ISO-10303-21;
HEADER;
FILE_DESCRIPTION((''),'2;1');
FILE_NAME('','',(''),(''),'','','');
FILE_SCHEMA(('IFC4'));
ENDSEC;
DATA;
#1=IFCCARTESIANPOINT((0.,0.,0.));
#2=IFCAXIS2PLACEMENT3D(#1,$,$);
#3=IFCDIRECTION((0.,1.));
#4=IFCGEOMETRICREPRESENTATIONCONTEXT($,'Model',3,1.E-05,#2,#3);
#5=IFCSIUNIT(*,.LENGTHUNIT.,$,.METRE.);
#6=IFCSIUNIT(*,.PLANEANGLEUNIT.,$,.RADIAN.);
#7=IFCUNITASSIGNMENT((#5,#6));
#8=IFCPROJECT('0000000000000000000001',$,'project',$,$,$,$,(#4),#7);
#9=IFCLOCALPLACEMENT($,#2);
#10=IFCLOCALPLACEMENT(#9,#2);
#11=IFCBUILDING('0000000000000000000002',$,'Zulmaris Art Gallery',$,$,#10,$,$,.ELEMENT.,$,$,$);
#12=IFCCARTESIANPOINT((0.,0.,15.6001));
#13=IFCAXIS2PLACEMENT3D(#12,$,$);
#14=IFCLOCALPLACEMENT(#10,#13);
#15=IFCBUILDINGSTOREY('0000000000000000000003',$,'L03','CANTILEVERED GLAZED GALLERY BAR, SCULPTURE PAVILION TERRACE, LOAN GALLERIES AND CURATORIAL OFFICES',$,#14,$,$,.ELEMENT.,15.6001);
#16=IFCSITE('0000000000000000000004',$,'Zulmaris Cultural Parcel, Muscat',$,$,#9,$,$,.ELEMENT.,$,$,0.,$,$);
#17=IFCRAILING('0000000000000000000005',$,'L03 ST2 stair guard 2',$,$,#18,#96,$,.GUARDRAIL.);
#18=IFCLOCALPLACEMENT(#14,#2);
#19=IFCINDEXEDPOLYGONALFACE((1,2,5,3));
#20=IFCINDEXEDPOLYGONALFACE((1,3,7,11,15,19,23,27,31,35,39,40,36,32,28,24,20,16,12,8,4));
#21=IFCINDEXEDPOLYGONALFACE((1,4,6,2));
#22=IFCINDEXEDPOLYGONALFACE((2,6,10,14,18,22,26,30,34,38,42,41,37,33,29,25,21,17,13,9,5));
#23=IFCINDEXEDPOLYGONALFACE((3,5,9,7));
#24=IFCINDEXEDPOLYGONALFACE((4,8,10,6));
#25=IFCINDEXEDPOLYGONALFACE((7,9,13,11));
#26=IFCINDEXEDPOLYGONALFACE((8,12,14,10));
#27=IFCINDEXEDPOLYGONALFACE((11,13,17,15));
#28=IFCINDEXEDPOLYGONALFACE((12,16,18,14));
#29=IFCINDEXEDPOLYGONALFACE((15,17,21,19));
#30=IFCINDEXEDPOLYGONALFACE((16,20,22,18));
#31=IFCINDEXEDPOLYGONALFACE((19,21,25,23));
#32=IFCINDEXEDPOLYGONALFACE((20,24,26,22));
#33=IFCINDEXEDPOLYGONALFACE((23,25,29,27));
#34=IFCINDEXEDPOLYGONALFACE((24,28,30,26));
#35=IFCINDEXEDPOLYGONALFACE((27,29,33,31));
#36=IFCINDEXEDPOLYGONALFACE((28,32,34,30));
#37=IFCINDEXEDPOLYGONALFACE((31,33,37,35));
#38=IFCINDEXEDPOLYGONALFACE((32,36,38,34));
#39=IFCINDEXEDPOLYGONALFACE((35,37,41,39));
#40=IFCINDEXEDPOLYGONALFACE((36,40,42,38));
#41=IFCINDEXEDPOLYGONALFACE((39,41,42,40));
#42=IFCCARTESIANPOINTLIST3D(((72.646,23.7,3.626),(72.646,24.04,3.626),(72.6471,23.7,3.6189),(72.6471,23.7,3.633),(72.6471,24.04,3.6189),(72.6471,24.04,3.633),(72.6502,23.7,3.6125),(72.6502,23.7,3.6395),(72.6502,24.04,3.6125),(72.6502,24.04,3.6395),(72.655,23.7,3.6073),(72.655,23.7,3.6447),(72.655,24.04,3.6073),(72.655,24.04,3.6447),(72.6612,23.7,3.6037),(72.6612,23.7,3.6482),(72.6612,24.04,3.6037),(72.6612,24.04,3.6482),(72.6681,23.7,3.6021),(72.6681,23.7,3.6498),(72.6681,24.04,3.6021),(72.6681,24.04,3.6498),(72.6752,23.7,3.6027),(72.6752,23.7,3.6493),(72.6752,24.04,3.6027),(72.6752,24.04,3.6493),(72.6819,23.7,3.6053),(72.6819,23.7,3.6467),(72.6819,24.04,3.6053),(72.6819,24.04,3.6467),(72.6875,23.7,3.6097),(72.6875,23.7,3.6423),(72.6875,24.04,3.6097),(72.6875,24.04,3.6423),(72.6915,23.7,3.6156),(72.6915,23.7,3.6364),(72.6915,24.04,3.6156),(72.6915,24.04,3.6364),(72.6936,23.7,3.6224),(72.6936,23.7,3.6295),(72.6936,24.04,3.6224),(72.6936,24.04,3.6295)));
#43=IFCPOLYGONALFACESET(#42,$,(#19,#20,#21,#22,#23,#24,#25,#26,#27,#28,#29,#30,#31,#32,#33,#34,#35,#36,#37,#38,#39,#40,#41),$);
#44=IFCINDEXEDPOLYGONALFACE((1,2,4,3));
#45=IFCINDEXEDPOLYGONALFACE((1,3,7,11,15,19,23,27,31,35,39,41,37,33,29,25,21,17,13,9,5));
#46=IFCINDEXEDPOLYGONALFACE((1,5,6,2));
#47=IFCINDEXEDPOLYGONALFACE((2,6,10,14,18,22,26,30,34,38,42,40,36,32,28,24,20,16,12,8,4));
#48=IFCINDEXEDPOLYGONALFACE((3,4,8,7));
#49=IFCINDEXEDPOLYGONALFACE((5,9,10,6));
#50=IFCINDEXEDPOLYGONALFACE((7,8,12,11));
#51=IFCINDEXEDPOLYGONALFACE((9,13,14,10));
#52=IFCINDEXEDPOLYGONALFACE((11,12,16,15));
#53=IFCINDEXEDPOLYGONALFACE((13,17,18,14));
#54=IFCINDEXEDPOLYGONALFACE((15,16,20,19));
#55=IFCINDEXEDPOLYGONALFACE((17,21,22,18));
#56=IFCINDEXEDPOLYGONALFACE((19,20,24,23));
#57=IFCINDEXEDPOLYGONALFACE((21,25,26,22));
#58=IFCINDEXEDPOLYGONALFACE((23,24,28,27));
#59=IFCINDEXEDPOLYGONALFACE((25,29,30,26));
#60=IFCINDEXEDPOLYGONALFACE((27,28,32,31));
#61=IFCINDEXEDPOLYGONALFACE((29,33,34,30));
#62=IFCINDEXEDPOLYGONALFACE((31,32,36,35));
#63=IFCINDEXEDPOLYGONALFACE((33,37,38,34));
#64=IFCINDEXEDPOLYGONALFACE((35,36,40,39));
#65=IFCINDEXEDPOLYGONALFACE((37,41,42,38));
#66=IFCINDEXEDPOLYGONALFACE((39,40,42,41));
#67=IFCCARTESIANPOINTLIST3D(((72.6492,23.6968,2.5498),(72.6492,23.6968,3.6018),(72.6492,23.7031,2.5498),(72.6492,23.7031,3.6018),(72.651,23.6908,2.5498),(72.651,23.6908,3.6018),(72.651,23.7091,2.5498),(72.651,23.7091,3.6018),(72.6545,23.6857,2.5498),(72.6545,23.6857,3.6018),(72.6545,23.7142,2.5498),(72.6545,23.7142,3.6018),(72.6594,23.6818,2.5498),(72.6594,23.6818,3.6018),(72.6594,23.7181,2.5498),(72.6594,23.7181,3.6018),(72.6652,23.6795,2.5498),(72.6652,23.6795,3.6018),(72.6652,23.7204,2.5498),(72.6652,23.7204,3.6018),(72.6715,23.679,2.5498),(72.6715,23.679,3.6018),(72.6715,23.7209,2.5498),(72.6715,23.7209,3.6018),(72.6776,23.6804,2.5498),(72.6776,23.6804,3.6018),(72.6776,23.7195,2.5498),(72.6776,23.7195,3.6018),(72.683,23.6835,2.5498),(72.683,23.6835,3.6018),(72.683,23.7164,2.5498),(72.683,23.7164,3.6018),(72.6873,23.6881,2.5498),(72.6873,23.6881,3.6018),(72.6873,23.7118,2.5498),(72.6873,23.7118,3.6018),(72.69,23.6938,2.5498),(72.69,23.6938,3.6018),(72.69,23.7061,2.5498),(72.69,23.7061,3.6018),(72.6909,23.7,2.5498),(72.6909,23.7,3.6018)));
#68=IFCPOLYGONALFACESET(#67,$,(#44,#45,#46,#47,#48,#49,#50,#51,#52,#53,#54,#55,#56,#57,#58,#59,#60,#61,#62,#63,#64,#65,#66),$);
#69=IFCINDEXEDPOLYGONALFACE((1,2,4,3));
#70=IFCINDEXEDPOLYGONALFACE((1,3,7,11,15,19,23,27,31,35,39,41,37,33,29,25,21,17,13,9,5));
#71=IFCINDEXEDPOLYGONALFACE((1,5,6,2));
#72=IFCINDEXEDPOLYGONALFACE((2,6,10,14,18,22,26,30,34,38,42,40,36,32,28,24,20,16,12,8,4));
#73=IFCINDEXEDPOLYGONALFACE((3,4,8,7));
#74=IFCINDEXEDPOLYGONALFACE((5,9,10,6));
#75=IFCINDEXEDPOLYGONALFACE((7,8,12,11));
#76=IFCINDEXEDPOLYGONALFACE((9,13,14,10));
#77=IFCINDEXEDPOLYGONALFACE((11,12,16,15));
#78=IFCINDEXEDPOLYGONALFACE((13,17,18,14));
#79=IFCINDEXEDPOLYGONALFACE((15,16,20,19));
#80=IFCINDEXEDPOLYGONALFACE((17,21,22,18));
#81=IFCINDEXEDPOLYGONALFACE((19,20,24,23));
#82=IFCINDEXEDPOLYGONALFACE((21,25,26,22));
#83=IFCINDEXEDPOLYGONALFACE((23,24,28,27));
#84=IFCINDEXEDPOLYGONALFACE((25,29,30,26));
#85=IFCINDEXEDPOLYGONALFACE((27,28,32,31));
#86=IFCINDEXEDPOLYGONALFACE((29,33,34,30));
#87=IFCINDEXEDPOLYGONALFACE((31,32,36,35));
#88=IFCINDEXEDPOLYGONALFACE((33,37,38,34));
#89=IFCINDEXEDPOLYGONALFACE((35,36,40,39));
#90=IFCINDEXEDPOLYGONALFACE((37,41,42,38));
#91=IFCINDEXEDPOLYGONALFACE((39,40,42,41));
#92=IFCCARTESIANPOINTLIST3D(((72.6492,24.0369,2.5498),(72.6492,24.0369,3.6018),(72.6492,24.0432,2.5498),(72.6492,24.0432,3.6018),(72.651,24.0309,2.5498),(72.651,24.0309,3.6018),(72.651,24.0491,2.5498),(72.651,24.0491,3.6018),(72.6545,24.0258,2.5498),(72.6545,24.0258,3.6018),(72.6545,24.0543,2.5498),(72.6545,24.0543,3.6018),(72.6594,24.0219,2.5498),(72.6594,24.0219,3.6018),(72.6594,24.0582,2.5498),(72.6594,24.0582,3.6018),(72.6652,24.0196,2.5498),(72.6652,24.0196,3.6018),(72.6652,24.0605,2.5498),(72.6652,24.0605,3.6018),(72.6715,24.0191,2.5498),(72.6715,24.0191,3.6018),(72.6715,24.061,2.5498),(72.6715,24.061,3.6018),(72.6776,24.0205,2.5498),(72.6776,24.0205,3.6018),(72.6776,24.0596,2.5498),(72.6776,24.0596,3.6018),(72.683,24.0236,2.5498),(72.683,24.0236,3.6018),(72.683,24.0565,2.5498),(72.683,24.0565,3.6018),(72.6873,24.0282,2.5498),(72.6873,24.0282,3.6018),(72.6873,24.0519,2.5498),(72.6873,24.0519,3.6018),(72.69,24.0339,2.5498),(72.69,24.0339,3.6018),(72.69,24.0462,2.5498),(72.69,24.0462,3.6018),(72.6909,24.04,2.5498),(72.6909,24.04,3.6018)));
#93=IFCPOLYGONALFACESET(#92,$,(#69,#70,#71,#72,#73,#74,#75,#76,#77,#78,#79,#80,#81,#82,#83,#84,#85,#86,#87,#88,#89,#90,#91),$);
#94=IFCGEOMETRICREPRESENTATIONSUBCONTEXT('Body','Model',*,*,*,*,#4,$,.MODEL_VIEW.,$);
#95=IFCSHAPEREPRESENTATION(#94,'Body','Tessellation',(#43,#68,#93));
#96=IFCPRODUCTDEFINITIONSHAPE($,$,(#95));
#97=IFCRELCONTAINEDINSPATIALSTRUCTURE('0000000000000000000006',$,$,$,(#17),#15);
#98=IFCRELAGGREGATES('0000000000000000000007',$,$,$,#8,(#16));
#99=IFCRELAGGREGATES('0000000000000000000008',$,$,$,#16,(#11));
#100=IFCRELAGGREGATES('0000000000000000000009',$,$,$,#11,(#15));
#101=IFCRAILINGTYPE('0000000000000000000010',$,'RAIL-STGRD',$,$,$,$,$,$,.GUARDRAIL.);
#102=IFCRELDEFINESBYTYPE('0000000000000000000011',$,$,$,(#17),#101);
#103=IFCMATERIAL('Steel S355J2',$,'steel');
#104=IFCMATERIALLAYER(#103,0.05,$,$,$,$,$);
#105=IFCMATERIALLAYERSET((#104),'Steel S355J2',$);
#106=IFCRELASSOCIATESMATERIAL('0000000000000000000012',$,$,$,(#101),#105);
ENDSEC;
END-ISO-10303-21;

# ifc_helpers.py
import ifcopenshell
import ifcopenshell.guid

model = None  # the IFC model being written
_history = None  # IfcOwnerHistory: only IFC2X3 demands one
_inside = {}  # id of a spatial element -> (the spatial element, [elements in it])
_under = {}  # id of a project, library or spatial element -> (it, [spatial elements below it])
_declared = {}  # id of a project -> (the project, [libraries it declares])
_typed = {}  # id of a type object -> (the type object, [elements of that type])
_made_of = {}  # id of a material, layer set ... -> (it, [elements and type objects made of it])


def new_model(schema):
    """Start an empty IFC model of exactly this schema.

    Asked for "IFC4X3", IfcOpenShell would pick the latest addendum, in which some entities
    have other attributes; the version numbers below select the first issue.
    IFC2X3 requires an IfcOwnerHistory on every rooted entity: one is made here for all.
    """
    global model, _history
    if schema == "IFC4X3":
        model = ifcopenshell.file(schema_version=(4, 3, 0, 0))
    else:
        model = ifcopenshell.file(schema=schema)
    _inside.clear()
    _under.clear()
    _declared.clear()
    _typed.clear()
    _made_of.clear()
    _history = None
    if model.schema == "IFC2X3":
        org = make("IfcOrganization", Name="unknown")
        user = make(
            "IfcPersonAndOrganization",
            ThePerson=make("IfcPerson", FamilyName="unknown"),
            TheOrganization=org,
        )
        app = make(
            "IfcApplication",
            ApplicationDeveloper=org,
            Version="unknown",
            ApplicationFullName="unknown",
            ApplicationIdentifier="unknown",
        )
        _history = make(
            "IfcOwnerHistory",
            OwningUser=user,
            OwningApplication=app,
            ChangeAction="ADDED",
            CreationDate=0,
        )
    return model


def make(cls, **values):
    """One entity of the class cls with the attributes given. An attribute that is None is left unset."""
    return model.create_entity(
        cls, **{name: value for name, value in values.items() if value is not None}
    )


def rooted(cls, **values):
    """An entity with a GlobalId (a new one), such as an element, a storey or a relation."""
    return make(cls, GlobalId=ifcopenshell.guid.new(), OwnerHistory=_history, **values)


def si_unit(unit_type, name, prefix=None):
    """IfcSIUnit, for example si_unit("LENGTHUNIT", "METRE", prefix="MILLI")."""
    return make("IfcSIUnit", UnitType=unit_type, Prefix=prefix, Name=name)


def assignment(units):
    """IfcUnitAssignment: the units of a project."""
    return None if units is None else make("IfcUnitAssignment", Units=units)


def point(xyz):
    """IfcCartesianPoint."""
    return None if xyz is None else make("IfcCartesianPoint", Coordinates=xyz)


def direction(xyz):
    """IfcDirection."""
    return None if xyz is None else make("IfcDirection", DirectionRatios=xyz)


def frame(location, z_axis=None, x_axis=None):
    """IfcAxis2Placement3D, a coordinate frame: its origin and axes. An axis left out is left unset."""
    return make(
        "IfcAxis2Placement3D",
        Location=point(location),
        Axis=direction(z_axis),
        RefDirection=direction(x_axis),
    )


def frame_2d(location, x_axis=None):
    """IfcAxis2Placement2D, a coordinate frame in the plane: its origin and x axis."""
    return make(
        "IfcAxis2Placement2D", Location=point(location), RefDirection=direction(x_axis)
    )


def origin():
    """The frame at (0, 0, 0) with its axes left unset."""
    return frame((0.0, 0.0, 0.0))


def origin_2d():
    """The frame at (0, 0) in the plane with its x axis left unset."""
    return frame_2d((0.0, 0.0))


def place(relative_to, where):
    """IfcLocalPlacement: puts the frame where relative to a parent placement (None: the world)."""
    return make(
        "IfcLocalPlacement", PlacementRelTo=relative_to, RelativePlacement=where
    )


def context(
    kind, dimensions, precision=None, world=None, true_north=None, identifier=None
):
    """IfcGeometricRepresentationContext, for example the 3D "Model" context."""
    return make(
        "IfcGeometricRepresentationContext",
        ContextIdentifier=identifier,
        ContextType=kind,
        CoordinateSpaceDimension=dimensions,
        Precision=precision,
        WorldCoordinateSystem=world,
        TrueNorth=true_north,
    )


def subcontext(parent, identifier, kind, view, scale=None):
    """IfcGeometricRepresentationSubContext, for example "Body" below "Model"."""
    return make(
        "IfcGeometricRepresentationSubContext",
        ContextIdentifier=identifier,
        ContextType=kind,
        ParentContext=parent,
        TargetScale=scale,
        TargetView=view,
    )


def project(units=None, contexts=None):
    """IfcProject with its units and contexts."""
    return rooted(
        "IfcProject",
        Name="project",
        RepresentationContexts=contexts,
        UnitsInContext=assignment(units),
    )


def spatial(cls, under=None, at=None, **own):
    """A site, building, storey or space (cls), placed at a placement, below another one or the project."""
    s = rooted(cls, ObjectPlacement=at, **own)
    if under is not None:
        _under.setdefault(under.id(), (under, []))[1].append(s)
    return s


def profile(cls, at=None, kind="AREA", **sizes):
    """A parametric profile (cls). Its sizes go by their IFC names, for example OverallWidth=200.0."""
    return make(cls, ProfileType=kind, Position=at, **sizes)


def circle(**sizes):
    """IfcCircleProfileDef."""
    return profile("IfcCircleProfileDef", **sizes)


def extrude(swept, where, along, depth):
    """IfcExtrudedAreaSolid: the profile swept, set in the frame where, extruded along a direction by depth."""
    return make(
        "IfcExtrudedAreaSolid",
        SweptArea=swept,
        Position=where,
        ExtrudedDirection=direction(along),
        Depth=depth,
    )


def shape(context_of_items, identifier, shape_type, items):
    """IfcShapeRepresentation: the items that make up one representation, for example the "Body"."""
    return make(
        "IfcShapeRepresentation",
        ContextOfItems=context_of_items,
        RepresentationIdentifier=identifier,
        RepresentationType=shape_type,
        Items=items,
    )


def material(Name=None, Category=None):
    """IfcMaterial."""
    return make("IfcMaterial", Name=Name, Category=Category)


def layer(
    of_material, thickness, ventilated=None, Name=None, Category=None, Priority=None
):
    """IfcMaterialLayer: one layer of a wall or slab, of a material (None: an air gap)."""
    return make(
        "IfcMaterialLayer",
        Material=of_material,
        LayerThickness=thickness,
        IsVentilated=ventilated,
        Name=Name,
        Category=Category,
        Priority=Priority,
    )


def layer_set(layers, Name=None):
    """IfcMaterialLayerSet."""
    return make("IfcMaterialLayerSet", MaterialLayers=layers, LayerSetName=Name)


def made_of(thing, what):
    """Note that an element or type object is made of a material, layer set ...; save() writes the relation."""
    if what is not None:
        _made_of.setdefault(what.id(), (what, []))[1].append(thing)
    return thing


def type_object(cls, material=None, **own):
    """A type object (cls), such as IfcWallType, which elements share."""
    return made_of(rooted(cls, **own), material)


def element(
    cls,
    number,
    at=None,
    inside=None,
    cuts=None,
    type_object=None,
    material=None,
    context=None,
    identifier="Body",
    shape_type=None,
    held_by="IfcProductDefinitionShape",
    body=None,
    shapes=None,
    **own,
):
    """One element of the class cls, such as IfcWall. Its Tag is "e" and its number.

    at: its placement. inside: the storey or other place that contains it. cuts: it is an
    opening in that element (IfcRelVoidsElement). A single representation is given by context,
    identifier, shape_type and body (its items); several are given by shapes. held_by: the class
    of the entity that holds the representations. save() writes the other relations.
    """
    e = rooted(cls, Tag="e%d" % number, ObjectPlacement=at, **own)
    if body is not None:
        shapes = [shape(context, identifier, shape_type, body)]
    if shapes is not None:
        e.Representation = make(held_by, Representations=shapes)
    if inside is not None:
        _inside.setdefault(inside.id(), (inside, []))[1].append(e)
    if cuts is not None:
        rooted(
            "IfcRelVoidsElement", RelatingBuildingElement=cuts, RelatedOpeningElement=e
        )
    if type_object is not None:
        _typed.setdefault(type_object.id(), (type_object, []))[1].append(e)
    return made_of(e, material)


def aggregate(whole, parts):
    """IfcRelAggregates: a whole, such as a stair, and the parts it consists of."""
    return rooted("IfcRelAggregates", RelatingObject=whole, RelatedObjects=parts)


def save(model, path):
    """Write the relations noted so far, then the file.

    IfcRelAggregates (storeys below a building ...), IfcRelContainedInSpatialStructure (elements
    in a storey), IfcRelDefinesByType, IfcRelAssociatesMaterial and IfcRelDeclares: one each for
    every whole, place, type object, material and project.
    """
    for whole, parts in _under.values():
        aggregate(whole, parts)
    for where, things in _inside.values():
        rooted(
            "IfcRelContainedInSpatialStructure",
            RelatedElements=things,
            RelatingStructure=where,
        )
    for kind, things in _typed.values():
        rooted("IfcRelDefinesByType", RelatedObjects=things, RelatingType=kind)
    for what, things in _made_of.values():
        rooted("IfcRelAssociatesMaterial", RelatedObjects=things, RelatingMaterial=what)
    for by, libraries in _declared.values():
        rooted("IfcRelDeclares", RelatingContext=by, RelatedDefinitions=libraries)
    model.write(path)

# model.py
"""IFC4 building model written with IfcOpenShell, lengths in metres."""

from ifc_helpers import new_model, si_unit, direction, frame, origin, origin_2d, place, context, subcontext, project, spatial, circle, extrude, material, layer, layer_set, type_object, element, save


model = new_model("IFC4")

# Units and contexts
model_context = context("Model", 3, precision=1e-05, world=origin(), true_north=direction((0.0, 1.0)))
body_context = subcontext(model_context, "Body", "Model", "MODEL_VIEW")
ifc_project = project(units=[si_unit("LENGTHUNIT", "METRE"), si_unit("PLANEANGLEUNIT", "RADIAN")], contexts=[model_context])

# Site, building, storey
site_placement = place(None, origin())
site = spatial("IfcSite", under=ifc_project, at=site_placement, Name="Zulmaris Cultural Parcel, Muscat", CompositionType="ELEMENT", RefElevation=0.0)
building_placement = place(site_placement, origin())
building = spatial("IfcBuilding", under=site, at=building_placement, Name="Zulmaris Art Gallery", CompositionType="ELEMENT")
storey_placement = place(building_placement, frame((0.0, 0.0, 15.6001)))
storey = spatial("IfcBuildingStorey", under=building, at=storey_placement, Name="L03", Description="CANTILEVERED GLAZED GALLERY BAR, SCULPTURE PAVILION TERRACE, LOAN GALLERIES AND CURATORIAL OFFICES", CompositionType="ELEMENT", Elevation=15.6001)

# Shared definitions
ifc_material_1 = material(Name="Steel S355J2", Category="steel")

# Railing
ifc_layer_1 = layer(ifc_material_1, 0.05)
ifc_layer_set_1 = layer_set([ifc_layer_1], Name="Steel S355J2")
railing_type_1 = type_object("IfcRailingType", Name="RAIL-STGRD", PredefinedType="GUARDRAIL", material=ifc_layer_set_1)
railing_1_placement = place(storey_placement, frame((72.6699, 23.7, 2.5498)))
element("IfcRailing", 1, at=railing_1_placement, inside=storey, type_object=railing_type_1, Name="L03 ST2 stair guard 2", PredefinedType="GUARDRAIL", context=body_context, shape_type="SweptSolid", body=[
    extrude(circle(Radius=0.0239, at=origin_2d()), frame((0.0, 0.0, 1.0762), z_axis=(0.0, 1.0, 0.0), x_axis=(-1.0, 0.0, 0.0)), (0.0, 0.0, 1.0), 0.3401),
    extrude(circle(Radius=0.021, at=origin_2d()), origin(), (0.0, 0.0, 1.0), 1.052),
    extrude(circle(Radius=0.021, at=origin_2d()), frame((0.0, 0.3401, 0.0)), (0.0, 0.0, 1.0), 1.052),
])

save(model, "model.ifc")
